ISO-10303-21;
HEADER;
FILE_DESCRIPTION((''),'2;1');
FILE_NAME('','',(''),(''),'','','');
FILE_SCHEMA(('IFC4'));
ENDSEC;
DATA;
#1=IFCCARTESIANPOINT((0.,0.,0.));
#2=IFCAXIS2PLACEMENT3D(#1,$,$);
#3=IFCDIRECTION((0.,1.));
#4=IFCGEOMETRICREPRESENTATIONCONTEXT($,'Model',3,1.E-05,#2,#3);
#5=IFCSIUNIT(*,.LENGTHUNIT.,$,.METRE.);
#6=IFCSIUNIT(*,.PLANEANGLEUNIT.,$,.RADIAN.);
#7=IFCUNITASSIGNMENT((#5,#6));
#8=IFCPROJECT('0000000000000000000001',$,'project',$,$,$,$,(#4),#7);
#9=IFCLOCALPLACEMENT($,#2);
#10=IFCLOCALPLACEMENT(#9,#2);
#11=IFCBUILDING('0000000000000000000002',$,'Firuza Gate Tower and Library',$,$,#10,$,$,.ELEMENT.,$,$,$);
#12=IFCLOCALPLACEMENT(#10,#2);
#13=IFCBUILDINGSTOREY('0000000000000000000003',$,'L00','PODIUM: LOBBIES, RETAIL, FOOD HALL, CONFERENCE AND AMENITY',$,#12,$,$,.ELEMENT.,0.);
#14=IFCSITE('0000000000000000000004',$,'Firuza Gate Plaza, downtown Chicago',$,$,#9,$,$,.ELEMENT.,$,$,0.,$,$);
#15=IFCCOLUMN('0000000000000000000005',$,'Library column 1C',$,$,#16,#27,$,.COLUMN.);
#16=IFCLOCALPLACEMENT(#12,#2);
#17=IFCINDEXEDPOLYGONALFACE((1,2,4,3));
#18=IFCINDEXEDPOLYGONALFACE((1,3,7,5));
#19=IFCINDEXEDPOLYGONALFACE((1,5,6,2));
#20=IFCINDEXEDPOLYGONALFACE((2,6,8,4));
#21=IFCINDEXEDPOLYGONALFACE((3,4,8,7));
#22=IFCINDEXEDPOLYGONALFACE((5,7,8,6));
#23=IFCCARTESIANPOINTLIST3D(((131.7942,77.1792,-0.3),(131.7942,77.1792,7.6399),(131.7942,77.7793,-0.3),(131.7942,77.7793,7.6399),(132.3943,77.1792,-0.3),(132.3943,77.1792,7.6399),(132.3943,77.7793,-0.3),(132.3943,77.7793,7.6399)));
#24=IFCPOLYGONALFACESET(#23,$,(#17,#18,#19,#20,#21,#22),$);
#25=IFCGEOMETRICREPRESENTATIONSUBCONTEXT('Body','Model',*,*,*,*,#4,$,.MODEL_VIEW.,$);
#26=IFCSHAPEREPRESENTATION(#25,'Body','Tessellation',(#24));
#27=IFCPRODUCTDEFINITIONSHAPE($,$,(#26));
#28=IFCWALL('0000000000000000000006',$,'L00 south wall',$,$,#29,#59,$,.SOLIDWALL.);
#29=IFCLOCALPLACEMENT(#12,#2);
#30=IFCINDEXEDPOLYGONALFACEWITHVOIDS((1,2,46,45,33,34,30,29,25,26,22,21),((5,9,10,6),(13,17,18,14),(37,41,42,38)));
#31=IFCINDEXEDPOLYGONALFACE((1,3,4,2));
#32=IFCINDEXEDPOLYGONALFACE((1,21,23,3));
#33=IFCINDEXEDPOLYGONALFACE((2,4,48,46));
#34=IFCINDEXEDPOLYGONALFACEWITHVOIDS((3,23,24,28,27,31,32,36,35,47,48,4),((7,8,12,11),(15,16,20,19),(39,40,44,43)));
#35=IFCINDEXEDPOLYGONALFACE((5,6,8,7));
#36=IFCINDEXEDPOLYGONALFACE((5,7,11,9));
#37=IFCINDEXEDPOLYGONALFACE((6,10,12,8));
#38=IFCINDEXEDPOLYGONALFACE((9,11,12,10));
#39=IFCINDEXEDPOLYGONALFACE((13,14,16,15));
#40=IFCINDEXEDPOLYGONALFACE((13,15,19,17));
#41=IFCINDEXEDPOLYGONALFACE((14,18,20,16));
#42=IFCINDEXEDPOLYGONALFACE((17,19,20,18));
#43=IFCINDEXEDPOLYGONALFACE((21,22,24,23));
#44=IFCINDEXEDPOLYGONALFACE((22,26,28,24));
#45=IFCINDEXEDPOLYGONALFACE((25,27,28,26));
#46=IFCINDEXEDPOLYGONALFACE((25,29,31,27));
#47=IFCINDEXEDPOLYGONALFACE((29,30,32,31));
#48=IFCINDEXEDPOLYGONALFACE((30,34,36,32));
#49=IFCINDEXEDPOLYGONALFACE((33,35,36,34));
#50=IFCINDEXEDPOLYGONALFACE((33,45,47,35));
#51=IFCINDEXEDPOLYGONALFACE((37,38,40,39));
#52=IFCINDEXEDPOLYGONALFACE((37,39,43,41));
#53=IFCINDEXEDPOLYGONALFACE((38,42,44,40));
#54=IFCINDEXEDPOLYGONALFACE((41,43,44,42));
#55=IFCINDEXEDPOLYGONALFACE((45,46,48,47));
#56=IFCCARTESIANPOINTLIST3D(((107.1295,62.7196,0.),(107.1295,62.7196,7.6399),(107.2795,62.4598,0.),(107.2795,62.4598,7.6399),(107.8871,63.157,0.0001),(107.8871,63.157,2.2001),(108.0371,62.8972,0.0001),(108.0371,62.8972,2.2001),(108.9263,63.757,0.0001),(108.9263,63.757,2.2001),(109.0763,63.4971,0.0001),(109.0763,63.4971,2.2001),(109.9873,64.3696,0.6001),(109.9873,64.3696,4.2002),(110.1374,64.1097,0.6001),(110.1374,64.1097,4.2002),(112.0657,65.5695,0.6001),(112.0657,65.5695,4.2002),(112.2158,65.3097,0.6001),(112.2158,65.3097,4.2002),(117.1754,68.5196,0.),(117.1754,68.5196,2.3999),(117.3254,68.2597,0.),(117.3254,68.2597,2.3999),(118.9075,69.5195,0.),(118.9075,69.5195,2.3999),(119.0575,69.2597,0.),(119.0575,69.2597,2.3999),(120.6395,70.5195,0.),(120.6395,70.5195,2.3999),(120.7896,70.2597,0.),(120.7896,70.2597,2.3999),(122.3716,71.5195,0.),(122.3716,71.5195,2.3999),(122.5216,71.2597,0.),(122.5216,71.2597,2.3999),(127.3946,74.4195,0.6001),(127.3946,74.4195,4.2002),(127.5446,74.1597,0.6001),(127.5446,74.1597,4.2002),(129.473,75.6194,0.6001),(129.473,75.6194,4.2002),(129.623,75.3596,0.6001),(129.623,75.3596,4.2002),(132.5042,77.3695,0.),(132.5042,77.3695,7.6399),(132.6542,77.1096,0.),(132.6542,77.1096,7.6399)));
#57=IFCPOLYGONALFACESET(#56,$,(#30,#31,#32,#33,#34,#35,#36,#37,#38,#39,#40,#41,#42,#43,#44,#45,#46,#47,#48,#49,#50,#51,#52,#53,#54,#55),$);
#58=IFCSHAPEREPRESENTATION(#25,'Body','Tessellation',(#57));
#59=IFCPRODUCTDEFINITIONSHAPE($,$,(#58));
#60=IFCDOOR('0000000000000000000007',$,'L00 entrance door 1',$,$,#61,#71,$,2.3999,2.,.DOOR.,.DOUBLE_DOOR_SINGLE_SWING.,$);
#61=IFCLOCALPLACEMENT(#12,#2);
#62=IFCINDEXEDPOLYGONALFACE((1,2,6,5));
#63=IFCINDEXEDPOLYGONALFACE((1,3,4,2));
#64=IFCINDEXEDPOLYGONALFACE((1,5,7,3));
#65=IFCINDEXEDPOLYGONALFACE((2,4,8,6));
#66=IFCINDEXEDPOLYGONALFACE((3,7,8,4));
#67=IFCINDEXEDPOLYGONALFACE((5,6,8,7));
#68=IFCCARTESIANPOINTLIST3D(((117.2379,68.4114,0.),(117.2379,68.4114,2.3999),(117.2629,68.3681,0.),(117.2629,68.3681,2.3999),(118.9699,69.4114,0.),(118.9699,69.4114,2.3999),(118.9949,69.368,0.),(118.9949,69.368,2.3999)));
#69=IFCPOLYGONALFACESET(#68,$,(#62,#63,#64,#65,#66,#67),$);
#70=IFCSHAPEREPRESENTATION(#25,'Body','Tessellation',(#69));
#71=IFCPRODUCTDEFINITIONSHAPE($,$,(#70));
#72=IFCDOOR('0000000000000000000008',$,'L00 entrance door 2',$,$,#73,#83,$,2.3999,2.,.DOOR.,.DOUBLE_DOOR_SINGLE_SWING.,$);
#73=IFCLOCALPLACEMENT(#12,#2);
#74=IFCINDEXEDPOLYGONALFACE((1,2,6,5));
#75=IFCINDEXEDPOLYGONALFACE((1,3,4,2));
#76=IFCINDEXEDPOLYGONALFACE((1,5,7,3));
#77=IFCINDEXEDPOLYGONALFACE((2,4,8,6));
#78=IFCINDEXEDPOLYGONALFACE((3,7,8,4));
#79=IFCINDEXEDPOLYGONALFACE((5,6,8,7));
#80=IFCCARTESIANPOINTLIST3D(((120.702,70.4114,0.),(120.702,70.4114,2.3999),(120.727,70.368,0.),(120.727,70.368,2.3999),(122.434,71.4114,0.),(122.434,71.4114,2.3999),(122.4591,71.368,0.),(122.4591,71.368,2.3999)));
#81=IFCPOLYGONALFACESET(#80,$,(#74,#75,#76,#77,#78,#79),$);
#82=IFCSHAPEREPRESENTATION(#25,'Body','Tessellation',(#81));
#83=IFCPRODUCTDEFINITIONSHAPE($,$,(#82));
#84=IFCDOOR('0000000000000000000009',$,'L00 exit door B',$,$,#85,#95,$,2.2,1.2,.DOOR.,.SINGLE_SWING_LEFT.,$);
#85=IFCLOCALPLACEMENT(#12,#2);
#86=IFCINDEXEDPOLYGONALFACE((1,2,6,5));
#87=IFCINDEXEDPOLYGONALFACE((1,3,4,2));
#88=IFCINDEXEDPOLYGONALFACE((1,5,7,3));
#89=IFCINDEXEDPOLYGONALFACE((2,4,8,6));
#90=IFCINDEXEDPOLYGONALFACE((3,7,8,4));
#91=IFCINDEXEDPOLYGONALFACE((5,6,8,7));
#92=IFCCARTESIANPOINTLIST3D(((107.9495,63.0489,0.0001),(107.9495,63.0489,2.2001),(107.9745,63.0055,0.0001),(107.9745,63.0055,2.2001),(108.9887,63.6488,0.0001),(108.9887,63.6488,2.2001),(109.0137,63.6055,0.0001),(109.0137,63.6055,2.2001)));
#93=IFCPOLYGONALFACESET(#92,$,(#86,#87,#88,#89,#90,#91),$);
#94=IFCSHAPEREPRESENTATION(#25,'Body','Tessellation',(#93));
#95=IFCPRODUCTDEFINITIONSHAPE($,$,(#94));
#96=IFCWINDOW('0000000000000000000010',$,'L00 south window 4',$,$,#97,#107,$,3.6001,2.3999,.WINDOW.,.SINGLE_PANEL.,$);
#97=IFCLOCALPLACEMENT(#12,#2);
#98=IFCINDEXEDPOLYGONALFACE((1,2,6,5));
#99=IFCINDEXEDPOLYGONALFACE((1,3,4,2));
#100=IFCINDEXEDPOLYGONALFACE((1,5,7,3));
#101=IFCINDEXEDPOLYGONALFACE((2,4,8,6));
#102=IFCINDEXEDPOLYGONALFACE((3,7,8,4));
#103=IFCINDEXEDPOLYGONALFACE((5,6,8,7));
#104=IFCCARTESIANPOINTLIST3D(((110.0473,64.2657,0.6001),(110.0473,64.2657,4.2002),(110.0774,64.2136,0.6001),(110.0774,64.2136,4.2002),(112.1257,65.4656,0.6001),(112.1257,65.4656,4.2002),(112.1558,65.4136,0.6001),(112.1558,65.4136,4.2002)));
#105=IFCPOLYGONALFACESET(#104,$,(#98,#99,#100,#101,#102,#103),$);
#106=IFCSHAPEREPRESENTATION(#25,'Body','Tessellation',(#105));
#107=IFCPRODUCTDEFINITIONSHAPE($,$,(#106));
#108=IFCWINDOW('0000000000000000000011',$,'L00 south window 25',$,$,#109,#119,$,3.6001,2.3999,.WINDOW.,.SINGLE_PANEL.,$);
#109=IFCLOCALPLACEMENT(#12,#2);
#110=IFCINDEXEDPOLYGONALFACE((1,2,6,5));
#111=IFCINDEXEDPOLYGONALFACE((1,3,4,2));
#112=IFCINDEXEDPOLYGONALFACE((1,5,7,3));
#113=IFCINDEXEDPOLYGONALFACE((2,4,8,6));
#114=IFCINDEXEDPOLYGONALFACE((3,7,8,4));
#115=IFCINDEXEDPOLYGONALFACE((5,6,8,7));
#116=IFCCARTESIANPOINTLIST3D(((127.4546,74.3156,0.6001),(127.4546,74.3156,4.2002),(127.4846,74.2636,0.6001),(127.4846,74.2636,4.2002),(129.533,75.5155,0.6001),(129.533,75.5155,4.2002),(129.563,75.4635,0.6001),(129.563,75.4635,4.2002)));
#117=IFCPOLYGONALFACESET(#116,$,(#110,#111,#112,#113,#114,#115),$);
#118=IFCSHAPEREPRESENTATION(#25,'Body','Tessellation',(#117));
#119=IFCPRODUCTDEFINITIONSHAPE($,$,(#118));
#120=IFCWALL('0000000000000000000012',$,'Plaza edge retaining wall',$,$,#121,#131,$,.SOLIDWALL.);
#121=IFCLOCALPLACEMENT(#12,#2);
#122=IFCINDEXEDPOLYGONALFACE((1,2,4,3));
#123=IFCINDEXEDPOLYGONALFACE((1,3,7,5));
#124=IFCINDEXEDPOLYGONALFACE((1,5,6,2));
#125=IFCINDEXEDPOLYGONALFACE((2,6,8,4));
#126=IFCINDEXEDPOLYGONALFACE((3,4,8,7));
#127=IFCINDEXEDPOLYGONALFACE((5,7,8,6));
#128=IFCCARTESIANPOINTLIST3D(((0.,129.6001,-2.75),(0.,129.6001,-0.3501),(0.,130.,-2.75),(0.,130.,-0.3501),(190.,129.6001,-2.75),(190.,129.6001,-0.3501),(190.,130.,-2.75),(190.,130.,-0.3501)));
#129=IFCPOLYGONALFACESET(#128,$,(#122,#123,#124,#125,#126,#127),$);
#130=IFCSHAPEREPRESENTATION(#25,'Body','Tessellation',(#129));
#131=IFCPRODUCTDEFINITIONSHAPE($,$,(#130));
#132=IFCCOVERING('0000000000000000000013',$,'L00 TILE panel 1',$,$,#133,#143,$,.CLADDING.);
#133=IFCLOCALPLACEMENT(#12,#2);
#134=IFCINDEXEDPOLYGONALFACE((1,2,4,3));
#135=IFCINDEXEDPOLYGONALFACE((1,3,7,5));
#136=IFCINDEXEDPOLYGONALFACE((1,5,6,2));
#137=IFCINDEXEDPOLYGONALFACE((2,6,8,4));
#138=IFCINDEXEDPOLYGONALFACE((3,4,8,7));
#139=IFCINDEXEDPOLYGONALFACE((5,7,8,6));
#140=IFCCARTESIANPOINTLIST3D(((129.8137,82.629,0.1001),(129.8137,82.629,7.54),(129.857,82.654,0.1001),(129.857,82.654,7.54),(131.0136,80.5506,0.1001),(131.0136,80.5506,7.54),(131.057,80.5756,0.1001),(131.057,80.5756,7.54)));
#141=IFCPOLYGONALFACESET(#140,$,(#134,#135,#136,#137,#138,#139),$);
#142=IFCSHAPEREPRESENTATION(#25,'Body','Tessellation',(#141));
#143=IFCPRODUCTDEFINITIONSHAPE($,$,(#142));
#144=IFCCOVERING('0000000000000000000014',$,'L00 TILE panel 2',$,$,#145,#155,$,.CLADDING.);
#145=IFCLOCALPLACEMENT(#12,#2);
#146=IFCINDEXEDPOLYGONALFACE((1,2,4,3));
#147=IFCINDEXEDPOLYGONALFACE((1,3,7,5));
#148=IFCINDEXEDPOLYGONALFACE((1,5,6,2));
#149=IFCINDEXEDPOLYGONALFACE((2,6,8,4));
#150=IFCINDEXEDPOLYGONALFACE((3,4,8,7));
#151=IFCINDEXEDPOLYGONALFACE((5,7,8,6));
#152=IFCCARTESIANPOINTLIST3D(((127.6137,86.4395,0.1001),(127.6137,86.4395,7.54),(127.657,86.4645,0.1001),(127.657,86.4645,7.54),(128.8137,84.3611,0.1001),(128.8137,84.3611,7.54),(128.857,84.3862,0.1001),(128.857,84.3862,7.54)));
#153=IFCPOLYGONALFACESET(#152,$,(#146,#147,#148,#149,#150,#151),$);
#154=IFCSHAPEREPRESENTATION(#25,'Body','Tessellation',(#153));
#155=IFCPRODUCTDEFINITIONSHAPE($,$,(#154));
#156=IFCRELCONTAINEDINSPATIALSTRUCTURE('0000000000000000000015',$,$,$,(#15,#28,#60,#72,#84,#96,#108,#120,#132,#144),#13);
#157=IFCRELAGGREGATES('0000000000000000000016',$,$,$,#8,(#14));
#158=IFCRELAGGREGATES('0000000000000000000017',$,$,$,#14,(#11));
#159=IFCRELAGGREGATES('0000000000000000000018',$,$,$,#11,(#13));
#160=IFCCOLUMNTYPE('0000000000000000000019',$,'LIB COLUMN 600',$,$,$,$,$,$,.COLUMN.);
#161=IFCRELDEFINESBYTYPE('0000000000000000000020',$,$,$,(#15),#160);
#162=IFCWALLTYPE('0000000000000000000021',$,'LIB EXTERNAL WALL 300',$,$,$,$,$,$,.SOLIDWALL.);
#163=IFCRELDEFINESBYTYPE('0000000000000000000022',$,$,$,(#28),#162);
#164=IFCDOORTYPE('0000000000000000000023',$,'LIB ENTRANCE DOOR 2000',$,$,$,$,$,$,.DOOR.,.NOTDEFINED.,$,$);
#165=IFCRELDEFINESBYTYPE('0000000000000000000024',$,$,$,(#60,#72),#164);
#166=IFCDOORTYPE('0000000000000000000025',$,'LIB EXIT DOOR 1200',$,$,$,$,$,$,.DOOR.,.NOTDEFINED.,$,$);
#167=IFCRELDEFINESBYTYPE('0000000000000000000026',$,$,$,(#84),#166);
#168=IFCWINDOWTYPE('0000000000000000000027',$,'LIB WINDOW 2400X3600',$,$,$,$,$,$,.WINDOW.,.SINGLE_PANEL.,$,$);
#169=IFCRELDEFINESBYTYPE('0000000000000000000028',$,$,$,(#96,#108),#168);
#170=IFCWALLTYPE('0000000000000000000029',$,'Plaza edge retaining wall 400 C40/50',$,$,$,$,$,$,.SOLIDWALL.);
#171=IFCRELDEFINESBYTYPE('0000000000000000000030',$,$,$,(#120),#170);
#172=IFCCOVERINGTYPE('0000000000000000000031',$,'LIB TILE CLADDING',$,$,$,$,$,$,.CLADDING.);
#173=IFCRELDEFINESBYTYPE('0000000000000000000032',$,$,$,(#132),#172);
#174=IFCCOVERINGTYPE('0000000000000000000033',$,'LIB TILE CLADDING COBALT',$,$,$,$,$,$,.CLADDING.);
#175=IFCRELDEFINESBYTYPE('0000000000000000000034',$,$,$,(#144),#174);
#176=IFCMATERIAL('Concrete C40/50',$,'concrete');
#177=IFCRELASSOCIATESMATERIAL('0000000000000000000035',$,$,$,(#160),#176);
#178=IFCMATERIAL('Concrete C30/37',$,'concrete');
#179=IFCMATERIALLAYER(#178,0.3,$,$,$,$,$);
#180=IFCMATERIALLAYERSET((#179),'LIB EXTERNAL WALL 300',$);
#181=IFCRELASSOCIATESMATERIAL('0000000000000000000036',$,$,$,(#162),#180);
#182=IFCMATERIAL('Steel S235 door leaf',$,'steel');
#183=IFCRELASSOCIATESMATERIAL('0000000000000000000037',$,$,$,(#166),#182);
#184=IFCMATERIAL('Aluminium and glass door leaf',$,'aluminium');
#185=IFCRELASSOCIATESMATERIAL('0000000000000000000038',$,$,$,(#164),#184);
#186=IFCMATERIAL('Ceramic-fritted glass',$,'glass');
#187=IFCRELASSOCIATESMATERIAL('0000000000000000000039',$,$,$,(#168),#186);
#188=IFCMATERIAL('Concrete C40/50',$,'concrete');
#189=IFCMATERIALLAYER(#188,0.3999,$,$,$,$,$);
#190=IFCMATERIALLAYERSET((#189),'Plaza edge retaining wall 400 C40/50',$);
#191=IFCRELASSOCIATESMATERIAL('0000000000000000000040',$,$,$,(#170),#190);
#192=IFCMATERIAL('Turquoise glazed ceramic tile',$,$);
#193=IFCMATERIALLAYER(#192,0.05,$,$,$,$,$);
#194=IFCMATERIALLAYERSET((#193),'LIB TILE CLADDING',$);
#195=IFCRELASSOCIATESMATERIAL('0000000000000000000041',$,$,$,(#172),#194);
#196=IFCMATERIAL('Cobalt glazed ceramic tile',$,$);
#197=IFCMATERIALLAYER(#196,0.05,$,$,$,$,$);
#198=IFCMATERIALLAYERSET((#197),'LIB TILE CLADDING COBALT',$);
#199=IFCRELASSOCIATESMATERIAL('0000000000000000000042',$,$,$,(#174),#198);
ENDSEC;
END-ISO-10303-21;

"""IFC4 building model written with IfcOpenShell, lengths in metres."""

from ifc_helpers import new_model, si_unit, direction, frame, frame_2d, origin, origin_2d, place, context, subcontext, project, spatial, rectangle, extrude, material, layer, layer_set, material_profile, profile_set, type_object, element, fill, save


model = new_model("IFC4")

# Units and contexts
model_context = context("Model", 3, precision=1e-05, world=origin(), true_north=direction((0.0, 1.0)))
body_context = subcontext(model_context, "Body", "Model", "MODEL_VIEW")
ifc_project = project(units=[si_unit("LENGTHUNIT", "METRE"), si_unit("PLANEANGLEUNIT", "RADIAN")], contexts=[model_context])

# Site, building, storey
site_placement = place(None, origin())
site = spatial("IfcSite", under=ifc_project, at=site_placement, Name="Firuza Gate Plaza, downtown Chicago", CompositionType="ELEMENT", RefElevation=0.0)
building_placement = place(site_placement, origin())
building = spatial("IfcBuilding", under=site, at=building_placement, Name="Firuza Gate Tower and Library", CompositionType="ELEMENT")
storey_placement = place(building_placement, origin())
storey = spatial("IfcBuildingStorey", under=building, at=storey_placement, Name="L00", Description="PODIUM: LOBBIES, RETAIL, FOOD HALL, CONFERENCE AND AMENITY", CompositionType="ELEMENT", Elevation=0.0)

# Column
ifc_material_1 = material(Name="Concrete C40/50", Category="concrete")
ifc_material_profile = material_profile(ifc_material_1, rectangle(XDim=0.6001, YDim=0.6001, at=origin_2d()))
ifc_profile_set = profile_set([ifc_material_profile], Name="Concrete C40/50")
column_type = type_object("IfcColumnType", Name="LIB COLUMN 600", PredefinedType="COLUMN", material=ifc_profile_set)
column_placement = place(storey_placement, frame((132.0942, 77.4792, -0.3), z_axis=(0.0, 0.0, 1.0), x_axis=(1.0, 0.0, 0.0)))
element("IfcColumn", 1, at=column_placement, inside=storey, type_object=column_type, Name="Library column 1C", PredefinedType="COLUMN", context=body_context, shape_type="SweptSolid", body=[
    extrude(rectangle(XDim=0.6001, YDim=0.6001, at=origin_2d()), origin(), (0.0, 0.0, 1.0), 7.9399),
])

# Shared definitions
ifc_material_2 = material(Name="Concrete C30/37", Category="concrete")
ifc_layer_1 = layer(ifc_material_2, 0.3)
ifc_layer_set_1 = layer_set([ifc_layer_1], Name="LIB EXTERNAL WALL 300")
wall_type_1 = type_object("IfcWallType", Name="LIB EXTERNAL WALL 300", PredefinedType="SOLIDWALL", material=ifc_layer_set_1)
ifc_material_3 = material(Name="Steel S235 door leaf", Category="steel")
door_type_1 = type_object("IfcDoorType", Name="LIB EXIT DOOR 1200", OperationType="NOTDEFINED", PredefinedType="DOOR", material=ifc_material_3)

# Wall, openings, doors, windows
wall_1_placement = place(storey_placement, frame((132.5791, 77.2395, 0.0), z_axis=(0.0, 0.0, 1.0), x_axis=(-0.866029, -0.499994, 0.0)))
wall_1 = element("IfcWall", 2, at=wall_1_placement, inside=storey, type_object=wall_type_1, Name="L00 south wall", PredefinedType="SOLIDWALL", context=body_context, shape_type="SweptSolid", body=[
    extrude(rectangle(XDim=29.3, YDim=0.3, at=frame_2d((14.6499, 0.0))), origin(), (0.0, 0.0, 1.0), 7.6399),
])
opening_1_placement = place(wall_1_placement, frame((15.7, 0.0, 0.0)))
opening_1 = element("IfcOpeningElement", 3, at=opening_1_placement, cuts=wall_1, PredefinedType="OPENING", context=body_context, shape_type="SweptSolid", body=[
    extrude(rectangle(XDim=2.0, YDim=2.3999, at=frame_2d((1.0, 1.2))), frame((0.0, 0.1602, 0.0), z_axis=(0.0, -1.0, 0.0), x_axis=(1.0, 0.0, 0.0)), (0.0, 0.0, 1.0), 0.3201),
])
opening_2_placement = place(wall_1_placement, frame((11.7, 0.0, 0.0)))
opening_2 = element("IfcOpeningElement", 4, at=opening_2_placement, cuts=wall_1, PredefinedType="OPENING", context=body_context, shape_type="SweptSolid", body=[
    extrude(rectangle(XDim=2.0, YDim=2.3999, at=frame_2d((1.0, 1.2))), frame((0.0, 0.1602, 0.0), z_axis=(0.0, -1.0, 0.0), x_axis=(1.0, 0.0, 0.0)), (0.0, 0.0, 1.0), 0.3201),
])
opening_3_placement = place(wall_1_placement, frame((27.2251, 0.0, 0.0)))
opening_3 = element("IfcOpeningElement", 5, at=opening_3_placement, cuts=wall_1, PredefinedType="OPENING", context=body_context, shape_type="SweptSolid", body=[
    extrude(rectangle(XDim=1.2, YDim=2.2, at=frame_2d((0.6001, 1.1001))), frame((0.0, 0.1602, 0.0), z_axis=(0.0, -1.0, 0.0), x_axis=(1.0, 0.0, 0.0)), (0.0, 0.0, 1.0), 0.3201),
])
opening_4_placement = place(wall_1_placement, frame((23.6001, 0.0, 0.6001)))
opening_4 = element("IfcOpeningElement", 6, at=opening_4_placement, cuts=wall_1, PredefinedType="OPENING", context=body_context, shape_type="SweptSolid", body=[
    extrude(rectangle(XDim=2.3999, YDim=3.6001, at=frame_2d((1.2, 1.8))), frame((0.0, 0.1602, 0.0), z_axis=(0.0, -1.0, 0.0), x_axis=(1.0, 0.0, 0.0)), (0.0, 0.0, 1.0), 0.3201),
])
opening_5_placement = place(wall_1_placement, frame((3.5, 0.0, 0.6001)))
opening_5 = element("IfcOpeningElement", 7, at=opening_5_placement, cuts=wall_1, PredefinedType="OPENING", context=body_context, shape_type="SweptSolid", body=[
    extrude(rectangle(XDim=2.3999, YDim=3.6001, at=frame_2d((1.2, 1.8))), frame((0.0, 0.1602, 0.0), z_axis=(0.0, -1.0, 0.0), x_axis=(1.0, 0.0, 0.0)), (0.0, 0.0, 1.0), 0.3201),
])
ifc_material_4 = material(Name="Aluminium and glass door leaf", Category="aluminium")
door_type_2 = type_object("IfcDoorType", Name="LIB ENTRANCE DOOR 2000", OperationType="NOTDEFINED", PredefinedType="DOOR", material=ifc_material_4)
door_1_placement = place(opening_1_placement, origin())
door_1 = element("IfcDoor", 8, at=door_1_placement, inside=storey, type_object=door_type_2, Name="L00 entrance door 1", OperationType="DOUBLE_DOOR_SINGLE_SWING", OverallHeight=2.3999, OverallWidth=2.0, PredefinedType="DOOR", context=body_context, shape_type="SweptSolid", body=[
    extrude(rectangle(XDim=2.0, YDim=2.3999, at=frame_2d((1.0, 1.2))), frame((0.0, 0.0249, 0.0), z_axis=(0.0, -1.0, 0.0), x_axis=(1.0, 0.0, 0.0)), (0.0, 0.0, 1.0), 0.05),
])
fill(opening_1, door_1)
door_2_placement = place(opening_2_placement, origin())
door_2 = element("IfcDoor", 9, at=door_2_placement, inside=storey, type_object=door_type_2, Name="L00 entrance door 2", OperationType="DOUBLE_DOOR_SINGLE_SWING", OverallHeight=2.3999, OverallWidth=2.0, PredefinedType="DOOR", context=body_context, shape_type="SweptSolid", body=[
    extrude(rectangle(XDim=2.0, YDim=2.3999, at=frame_2d((1.0, 1.2))), frame((0.0, 0.0249, 0.0), z_axis=(0.0, -1.0, 0.0), x_axis=(1.0, 0.0, 0.0)), (0.0, 0.0, 1.0), 0.05),
])
fill(opening_2, door_2)
door_3_placement = place(opening_3_placement, origin())
door_3 = element("IfcDoor", 10, at=door_3_placement, inside=storey, type_object=door_type_1, Name="L00 exit door B", OperationType="SINGLE_SWING_LEFT", OverallHeight=2.2, OverallWidth=1.2, PredefinedType="DOOR", context=body_context, shape_type="SweptSolid", body=[
    extrude(rectangle(XDim=1.2, YDim=2.2, at=frame_2d((0.6001, 1.1001))), frame((0.0, 0.0249, 0.0), z_axis=(0.0, -1.0, 0.0), x_axis=(1.0, 0.0, 0.0)), (0.0, 0.0, 1.0), 0.05),
])
fill(opening_3, door_3)
ifc_material_5 = material(Name="Ceramic-fritted glass", Category="glass")
window_type_1 = type_object("IfcWindowType", Name="LIB WINDOW 2400X3600", PartitioningType="SINGLE_PANEL", PredefinedType="WINDOW", material=ifc_material_5)
window_1_placement = place(opening_4_placement, origin())
window_1 = element("IfcWindow", 11, at=window_1_placement, inside=storey, type_object=window_type_1, Name="L00 south window 4", OverallHeight=3.6001, OverallWidth=2.3999, PartitioningType="SINGLE_PANEL", PredefinedType="WINDOW", context=body_context, shape_type="SweptSolid", body=[
    extrude(rectangle(XDim=2.3999, YDim=3.6001, at=frame_2d((1.2, 1.8))), frame((0.0, 0.03, 0.0), z_axis=(0.0, -1.0, 0.0), x_axis=(1.0, 0.0, 0.0)), (0.0, 0.0, 1.0), 0.0601),
])
fill(opening_4, window_1)
window_2_placement = place(opening_5_placement, origin())
window_2 = element("IfcWindow", 12, at=window_2_placement, inside=storey, type_object=window_type_1, Name="L00 south window 25", OverallHeight=3.6001, OverallWidth=2.3999, PartitioningType="SINGLE_PANEL", PredefinedType="WINDOW", context=body_context, shape_type="SweptSolid", body=[
    extrude(rectangle(XDim=2.3999, YDim=3.6001, at=frame_2d((1.2, 1.8))), frame((0.0, 0.03, 0.0), z_axis=(0.0, -1.0, 0.0), x_axis=(1.0, 0.0, 0.0)), (0.0, 0.0, 1.0), 0.0601),
])
fill(opening_5, window_2)

# Wall
ifc_material_6 = material(Name="Concrete C40/50", Category="concrete")
ifc_layer_2 = layer(ifc_material_6, 0.3999)
ifc_layer_set_2 = layer_set([ifc_layer_2], Name="Plaza edge retaining wall 400 C40/50")
wall_type_2 = type_object("IfcWallType", Name="Plaza edge retaining wall 400 C40/50", PredefinedType="SOLIDWALL", material=ifc_layer_set_2)
wall_2_placement = place(storey_placement, frame((190.0, 129.8, -2.75), z_axis=(0.0, 0.0, 1.0), x_axis=(-1.0, 0.0, 0.0)))
element("IfcWall", 13, at=wall_2_placement, inside=storey, type_object=wall_type_2, Name="Plaza edge retaining wall", PredefinedType="SOLIDWALL", context=body_context, shape_type="SweptSolid", body=[
    extrude(rectangle(XDim=190.0, YDim=0.3999, at=frame_2d((95.0, 0.0))), origin(), (0.0, 0.0, 1.0), 2.3999),
])

# Coverings
ifc_material_7 = material(Name="Turquoise glazed ceramic tile")
ifc_layer_3 = layer(ifc_material_7, 0.05)
ifc_layer_set_3 = layer_set([ifc_layer_3], Name="LIB TILE CLADDING")
covering_type_1 = type_object("IfcCoveringType", Name="LIB TILE CLADDING", PredefinedType="CLADDING", material=ifc_layer_set_3)
covering_1_placement = place(storey_placement, frame((130.4353, 81.6023, 0.1001), z_axis=(0.0, 0.0, 1.0), x_axis=(-0.5, 0.866025, 0.0)))
element("IfcCovering", 14, at=covering_1_placement, inside=storey, type_object=covering_type_1, Name="L00 TILE panel 1", PredefinedType="CLADDING", context=body_context, shape_type="SweptSolid", body=[
    extrude(rectangle(XDim=2.3999, YDim=0.05, at=origin_2d()), origin(), (0.0, 0.0, 1.0), 7.4399),
])
ifc_material_8 = material(Name="Cobalt glazed ceramic tile")
ifc_layer_4 = layer(ifc_material_8, 0.05)
ifc_layer_set_4 = layer_set([ifc_layer_4], Name="LIB TILE CLADDING COBALT")
covering_type_2 = type_object("IfcCoveringType", Name="LIB TILE CLADDING COBALT", PredefinedType="CLADDING", material=ifc_layer_set_4)
covering_2_placement = place(storey_placement, frame((128.2354, 85.4128, 0.1001), z_axis=(0.0, 0.0, 1.0), x_axis=(-0.5, 0.866025, 0.0)))
element("IfcCovering", 15, at=covering_2_placement, inside=storey, type_object=covering_type_2, Name="L00 TILE panel 2", PredefinedType="CLADDING", context=body_context, shape_type="SweptSolid", body=[
    extrude(rectangle(XDim=2.3999, YDim=0.05, at=origin_2d()), origin(), (0.0, 0.0, 1.0), 7.4399),
])

save(model, "model.ifc")
